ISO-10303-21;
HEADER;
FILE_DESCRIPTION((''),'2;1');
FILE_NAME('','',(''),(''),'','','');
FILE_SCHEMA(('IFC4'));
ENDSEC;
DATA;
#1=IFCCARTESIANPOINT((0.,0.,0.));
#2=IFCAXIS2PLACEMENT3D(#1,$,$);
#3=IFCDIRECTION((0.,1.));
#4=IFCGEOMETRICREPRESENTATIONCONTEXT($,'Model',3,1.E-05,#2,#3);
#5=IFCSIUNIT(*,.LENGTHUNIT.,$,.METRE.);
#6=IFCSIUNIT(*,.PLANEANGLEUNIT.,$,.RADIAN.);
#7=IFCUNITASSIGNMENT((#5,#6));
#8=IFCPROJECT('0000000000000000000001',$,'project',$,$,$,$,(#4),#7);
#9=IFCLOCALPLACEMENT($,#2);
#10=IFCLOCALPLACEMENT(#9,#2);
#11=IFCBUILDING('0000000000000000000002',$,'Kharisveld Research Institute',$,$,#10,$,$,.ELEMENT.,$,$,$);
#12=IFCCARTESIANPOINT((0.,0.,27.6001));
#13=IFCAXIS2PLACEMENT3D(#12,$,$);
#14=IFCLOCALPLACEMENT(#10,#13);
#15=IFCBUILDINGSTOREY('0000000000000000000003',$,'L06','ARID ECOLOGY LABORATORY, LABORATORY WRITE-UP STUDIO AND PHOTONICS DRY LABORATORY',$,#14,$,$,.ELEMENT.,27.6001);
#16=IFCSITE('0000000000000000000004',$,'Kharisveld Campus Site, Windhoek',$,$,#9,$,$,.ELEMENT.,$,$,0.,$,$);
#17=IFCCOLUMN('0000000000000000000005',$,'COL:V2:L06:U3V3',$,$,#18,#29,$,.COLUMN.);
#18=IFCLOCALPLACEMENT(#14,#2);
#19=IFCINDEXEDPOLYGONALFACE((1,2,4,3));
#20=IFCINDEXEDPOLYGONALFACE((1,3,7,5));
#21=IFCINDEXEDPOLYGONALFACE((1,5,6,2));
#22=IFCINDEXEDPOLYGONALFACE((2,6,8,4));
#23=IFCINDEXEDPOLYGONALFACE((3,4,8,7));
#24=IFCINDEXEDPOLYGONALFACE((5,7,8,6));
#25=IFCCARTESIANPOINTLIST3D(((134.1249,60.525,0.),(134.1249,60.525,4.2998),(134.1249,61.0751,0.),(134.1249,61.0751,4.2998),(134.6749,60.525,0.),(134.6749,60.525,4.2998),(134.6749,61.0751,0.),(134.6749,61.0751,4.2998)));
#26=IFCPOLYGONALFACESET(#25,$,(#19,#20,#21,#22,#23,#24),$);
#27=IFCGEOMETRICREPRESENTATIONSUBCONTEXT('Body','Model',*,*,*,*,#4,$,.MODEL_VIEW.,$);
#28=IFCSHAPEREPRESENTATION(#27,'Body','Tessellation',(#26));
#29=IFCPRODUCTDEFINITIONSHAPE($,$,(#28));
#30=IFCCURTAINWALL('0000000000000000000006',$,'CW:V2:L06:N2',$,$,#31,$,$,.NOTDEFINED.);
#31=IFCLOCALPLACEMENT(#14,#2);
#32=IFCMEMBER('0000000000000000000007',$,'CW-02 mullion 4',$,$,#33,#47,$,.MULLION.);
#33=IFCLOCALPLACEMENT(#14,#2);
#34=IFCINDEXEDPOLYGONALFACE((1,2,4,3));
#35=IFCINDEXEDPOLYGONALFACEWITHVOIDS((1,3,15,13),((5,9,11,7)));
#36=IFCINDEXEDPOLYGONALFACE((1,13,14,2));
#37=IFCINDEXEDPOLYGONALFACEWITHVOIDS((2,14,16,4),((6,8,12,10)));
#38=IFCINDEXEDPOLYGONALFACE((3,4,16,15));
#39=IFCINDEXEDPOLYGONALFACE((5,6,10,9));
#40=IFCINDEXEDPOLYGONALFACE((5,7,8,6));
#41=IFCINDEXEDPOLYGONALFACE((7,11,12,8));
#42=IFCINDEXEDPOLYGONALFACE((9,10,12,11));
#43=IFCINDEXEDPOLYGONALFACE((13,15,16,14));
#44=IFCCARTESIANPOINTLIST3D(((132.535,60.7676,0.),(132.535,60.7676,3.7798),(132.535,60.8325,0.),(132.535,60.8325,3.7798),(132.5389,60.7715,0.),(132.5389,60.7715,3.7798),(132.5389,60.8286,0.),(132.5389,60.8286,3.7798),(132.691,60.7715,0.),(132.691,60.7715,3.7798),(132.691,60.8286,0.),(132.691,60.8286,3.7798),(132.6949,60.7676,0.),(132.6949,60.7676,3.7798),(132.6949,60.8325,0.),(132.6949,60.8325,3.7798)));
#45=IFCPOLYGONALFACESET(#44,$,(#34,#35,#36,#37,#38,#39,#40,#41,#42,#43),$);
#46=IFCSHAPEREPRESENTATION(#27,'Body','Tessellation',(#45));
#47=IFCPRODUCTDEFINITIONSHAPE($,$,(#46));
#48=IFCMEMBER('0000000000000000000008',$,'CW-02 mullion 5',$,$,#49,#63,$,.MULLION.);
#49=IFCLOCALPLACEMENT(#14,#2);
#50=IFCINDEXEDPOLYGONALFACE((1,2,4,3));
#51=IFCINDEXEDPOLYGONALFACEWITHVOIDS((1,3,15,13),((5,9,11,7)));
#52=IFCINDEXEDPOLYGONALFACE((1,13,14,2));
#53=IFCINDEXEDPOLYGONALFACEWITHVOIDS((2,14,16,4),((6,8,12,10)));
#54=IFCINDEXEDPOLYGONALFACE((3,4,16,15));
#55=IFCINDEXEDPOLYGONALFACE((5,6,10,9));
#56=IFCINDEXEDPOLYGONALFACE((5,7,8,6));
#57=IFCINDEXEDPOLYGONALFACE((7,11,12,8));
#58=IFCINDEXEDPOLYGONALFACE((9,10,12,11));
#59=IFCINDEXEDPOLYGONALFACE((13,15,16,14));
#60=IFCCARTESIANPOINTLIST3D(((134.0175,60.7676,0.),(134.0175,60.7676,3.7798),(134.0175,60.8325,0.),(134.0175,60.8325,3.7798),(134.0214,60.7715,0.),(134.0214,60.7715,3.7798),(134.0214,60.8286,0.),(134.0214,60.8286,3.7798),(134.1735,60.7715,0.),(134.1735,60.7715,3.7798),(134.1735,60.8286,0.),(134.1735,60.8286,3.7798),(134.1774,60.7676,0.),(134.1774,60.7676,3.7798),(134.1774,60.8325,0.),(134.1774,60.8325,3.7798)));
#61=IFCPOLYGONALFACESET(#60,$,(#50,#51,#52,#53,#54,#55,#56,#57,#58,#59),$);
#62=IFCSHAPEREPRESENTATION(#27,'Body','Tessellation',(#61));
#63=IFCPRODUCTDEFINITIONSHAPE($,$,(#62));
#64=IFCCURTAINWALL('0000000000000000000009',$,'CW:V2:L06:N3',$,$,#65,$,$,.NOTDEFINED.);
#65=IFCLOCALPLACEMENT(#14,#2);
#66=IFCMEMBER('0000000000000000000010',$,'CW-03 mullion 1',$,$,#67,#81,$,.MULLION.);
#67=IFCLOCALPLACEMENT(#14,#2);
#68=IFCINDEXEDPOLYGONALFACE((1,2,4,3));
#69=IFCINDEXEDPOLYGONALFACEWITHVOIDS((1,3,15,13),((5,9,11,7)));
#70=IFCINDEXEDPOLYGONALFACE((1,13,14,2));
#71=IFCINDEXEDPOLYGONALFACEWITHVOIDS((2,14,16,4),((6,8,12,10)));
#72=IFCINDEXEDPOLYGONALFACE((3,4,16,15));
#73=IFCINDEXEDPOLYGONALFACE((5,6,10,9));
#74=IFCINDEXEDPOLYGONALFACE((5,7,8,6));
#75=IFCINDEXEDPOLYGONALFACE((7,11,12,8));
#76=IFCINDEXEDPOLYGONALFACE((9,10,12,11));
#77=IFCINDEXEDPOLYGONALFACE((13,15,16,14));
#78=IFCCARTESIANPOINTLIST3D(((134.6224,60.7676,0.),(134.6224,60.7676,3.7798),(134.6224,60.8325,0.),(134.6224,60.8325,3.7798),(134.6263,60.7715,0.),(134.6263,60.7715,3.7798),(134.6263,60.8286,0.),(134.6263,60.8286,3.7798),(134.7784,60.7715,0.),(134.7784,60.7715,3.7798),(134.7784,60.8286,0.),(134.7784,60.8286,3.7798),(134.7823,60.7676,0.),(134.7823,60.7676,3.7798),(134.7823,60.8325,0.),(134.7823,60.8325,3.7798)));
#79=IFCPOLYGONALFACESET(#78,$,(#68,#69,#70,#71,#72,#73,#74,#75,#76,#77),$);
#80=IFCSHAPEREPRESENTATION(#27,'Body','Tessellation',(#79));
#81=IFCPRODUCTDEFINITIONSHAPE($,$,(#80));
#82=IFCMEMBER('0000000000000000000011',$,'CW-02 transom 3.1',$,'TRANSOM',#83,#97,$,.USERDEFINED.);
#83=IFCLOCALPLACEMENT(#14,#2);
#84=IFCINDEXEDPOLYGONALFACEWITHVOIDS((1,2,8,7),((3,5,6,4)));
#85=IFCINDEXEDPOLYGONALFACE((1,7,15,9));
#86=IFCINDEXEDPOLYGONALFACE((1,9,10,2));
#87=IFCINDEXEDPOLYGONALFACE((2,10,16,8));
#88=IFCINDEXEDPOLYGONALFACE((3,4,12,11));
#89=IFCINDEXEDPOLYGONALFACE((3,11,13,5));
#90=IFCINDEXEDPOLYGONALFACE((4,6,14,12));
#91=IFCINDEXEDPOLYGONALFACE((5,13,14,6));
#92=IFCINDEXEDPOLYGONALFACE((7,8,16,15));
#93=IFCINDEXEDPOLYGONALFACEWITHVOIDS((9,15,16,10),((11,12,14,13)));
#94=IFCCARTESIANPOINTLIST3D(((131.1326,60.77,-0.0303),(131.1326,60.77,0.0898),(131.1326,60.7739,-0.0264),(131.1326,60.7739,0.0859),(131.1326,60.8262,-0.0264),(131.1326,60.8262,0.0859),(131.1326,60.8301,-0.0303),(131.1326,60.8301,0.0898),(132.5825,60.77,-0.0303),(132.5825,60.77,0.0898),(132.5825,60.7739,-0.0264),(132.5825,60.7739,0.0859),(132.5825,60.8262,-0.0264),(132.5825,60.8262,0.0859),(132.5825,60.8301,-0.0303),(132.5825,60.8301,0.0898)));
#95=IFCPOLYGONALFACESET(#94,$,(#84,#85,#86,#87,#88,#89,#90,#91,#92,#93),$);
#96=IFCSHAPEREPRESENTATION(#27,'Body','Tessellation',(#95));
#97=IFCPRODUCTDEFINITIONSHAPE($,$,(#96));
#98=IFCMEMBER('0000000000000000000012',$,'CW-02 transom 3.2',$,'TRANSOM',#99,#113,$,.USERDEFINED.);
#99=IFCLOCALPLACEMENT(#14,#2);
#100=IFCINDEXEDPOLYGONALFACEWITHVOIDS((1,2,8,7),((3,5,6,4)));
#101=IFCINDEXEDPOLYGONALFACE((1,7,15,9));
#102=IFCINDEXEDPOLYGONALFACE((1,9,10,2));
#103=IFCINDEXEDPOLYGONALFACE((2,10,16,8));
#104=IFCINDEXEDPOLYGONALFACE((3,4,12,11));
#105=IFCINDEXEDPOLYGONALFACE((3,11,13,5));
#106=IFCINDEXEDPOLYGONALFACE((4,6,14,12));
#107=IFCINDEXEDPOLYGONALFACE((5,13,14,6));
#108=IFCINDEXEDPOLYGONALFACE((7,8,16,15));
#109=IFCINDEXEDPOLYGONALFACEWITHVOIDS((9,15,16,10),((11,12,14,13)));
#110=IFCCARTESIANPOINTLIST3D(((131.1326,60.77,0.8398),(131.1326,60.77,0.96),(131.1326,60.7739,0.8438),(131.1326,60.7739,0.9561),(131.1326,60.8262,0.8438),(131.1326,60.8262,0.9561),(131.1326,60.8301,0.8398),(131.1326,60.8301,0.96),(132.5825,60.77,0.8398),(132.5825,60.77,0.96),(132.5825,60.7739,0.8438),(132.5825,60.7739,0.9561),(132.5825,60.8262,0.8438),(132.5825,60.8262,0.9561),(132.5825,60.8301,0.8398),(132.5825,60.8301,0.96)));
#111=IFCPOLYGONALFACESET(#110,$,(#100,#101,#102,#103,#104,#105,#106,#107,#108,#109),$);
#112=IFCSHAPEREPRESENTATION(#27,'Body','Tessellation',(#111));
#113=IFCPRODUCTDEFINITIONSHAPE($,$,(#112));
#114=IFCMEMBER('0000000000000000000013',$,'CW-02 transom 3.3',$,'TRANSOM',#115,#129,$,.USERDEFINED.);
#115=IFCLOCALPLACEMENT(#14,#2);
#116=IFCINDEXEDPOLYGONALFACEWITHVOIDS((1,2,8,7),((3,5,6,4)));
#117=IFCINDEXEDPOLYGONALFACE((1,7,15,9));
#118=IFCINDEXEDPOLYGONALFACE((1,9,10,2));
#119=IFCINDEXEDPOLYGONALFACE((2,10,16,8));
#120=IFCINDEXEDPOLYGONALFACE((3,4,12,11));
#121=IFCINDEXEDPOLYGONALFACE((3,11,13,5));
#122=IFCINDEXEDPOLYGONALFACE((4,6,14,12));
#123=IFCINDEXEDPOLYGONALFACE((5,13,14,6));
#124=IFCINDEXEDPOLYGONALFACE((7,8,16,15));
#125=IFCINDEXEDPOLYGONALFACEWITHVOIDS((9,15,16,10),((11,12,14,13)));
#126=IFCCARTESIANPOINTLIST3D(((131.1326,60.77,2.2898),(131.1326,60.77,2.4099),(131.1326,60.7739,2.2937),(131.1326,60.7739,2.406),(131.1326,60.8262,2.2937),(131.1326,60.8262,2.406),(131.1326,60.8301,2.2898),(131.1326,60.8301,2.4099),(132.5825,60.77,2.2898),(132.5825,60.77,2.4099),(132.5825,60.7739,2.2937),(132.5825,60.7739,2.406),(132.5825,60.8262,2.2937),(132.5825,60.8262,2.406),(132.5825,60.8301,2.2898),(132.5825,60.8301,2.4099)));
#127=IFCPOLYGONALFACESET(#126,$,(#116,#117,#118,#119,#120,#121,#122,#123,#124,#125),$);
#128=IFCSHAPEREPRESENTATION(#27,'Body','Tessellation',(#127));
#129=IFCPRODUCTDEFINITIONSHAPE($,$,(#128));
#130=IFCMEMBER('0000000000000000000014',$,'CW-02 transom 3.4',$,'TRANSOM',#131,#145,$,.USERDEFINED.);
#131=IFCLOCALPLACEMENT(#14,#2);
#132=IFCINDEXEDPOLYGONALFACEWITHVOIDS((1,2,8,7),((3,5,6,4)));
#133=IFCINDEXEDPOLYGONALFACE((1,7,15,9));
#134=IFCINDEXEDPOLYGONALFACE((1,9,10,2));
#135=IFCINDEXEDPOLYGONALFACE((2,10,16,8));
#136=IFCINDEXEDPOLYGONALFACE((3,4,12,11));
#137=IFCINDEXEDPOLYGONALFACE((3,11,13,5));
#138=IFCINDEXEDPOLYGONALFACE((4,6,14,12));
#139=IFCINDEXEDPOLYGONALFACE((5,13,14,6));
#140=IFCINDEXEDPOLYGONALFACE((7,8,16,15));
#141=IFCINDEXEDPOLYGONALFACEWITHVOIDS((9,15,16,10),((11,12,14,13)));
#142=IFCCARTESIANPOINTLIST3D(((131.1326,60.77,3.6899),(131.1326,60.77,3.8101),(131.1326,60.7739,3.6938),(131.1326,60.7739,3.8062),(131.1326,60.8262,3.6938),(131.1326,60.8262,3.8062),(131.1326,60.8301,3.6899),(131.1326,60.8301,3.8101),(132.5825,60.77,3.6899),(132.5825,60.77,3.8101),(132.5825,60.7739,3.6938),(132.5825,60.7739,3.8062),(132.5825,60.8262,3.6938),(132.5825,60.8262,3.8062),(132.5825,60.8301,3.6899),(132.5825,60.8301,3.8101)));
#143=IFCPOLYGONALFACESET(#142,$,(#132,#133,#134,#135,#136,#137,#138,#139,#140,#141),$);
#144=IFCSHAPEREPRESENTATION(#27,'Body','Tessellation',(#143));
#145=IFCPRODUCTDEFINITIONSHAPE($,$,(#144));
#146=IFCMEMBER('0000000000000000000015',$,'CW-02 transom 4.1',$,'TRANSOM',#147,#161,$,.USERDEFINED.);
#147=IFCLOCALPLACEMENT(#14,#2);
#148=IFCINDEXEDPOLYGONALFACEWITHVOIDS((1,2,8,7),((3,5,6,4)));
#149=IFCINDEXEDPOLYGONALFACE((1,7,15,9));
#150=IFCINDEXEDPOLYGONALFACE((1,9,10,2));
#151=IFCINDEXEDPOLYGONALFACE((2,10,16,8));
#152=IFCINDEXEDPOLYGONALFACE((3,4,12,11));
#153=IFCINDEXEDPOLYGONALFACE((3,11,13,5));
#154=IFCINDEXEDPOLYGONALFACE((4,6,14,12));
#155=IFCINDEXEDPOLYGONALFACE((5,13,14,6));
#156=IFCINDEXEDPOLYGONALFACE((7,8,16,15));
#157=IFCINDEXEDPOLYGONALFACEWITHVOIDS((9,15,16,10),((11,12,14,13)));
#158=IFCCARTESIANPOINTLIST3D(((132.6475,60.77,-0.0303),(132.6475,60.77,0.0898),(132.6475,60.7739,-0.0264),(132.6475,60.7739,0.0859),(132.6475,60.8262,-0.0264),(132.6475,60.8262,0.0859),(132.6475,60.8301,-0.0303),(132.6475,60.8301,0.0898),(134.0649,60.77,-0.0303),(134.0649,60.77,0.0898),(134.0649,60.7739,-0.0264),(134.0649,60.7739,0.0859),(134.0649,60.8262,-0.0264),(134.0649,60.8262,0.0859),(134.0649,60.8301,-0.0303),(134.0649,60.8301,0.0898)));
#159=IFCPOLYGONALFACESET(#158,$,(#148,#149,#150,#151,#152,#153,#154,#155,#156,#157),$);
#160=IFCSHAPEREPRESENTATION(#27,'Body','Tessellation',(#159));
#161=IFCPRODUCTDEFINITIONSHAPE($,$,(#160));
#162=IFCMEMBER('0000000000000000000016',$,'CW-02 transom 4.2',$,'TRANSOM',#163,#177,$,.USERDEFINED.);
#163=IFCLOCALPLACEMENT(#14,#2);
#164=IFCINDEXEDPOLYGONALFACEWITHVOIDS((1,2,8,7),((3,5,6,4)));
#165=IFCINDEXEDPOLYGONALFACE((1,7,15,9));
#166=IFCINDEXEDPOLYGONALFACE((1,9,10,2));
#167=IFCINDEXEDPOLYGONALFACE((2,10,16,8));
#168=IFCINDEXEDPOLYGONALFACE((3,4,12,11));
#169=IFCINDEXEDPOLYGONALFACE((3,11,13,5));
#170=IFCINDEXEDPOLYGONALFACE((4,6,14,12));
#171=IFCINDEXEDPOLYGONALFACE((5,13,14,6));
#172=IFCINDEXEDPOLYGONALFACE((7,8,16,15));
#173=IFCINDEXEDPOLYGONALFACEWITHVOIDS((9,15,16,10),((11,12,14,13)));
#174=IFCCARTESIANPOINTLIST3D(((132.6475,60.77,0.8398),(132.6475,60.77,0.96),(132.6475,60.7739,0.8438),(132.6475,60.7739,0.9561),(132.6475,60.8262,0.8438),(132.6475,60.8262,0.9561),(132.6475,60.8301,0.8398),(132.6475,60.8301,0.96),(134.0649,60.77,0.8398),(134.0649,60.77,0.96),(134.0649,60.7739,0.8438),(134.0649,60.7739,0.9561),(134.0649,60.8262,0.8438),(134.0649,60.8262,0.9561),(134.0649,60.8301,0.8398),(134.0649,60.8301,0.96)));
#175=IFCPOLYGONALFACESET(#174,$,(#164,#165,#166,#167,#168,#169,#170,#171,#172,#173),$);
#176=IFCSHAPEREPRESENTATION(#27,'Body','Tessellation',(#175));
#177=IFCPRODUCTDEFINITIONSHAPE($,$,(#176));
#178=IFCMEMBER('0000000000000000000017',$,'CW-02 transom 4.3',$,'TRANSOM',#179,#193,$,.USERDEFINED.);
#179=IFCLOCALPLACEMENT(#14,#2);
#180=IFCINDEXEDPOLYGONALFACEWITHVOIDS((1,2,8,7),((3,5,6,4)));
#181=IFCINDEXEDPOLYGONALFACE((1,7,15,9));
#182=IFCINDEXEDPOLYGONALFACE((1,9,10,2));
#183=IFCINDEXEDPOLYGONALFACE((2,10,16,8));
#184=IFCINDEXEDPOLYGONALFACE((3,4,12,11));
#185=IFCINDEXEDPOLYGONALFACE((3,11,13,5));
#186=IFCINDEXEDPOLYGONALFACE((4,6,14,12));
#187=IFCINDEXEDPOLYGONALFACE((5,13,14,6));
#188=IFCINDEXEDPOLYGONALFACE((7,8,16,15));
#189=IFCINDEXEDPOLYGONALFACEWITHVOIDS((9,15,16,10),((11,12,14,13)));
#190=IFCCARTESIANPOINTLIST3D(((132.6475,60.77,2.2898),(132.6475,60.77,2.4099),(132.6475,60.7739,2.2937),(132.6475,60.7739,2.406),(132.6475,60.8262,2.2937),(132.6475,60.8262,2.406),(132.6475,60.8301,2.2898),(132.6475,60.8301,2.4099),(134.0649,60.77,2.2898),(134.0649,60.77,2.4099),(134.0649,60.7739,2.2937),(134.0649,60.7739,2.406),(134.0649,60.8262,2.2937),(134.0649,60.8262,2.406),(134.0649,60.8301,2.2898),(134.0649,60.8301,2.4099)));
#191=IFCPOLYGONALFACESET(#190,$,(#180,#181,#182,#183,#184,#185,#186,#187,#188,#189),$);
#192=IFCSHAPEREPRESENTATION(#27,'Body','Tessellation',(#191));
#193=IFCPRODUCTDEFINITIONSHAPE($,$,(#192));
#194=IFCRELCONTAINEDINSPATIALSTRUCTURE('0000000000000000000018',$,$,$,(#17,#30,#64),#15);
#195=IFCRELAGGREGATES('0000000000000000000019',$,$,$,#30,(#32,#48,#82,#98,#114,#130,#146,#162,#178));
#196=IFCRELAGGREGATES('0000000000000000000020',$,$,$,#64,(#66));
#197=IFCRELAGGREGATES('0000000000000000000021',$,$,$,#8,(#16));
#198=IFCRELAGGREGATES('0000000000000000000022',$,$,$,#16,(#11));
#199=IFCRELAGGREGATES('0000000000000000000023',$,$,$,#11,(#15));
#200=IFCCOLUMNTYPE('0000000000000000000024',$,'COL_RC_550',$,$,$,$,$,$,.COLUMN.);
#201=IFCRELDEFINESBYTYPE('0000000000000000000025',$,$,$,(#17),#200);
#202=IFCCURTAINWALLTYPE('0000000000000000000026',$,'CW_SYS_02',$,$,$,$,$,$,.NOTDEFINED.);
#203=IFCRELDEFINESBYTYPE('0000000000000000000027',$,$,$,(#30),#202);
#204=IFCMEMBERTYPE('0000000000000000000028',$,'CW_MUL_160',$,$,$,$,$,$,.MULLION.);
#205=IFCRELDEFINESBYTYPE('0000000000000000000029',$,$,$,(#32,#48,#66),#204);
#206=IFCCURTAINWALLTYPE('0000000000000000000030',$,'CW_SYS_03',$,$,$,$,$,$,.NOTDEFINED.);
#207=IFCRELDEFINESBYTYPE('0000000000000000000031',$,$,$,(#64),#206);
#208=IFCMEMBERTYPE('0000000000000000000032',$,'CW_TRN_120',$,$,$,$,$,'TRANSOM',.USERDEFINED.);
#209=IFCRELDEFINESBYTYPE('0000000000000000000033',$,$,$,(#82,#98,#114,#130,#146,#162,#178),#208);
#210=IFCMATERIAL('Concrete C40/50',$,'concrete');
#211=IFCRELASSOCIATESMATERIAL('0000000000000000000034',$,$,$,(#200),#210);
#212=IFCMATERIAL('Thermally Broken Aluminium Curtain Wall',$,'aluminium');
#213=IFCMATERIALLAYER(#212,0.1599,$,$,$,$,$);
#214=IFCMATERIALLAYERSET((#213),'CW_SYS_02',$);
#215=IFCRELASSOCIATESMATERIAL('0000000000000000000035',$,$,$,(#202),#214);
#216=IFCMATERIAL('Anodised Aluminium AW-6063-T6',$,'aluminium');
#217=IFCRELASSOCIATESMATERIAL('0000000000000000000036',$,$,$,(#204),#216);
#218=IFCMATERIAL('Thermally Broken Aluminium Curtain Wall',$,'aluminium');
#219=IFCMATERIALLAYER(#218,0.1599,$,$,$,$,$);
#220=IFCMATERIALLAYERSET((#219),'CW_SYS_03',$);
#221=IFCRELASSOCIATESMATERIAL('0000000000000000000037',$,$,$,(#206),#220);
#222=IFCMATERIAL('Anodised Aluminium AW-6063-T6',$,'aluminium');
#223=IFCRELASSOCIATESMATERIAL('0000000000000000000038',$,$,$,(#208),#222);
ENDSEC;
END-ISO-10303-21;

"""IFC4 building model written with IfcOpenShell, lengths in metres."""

from ifc_helpers import new_model, si_unit, direction, frame, origin, origin_2d, place, context, subcontext, project, spatial, rectangle, hollow_rectangle, extrude, material, layer, layer_set, material_profile, profile_set, type_object, element, aggregate, save


model = new_model("IFC4")

# Units and contexts
model_context = context("Model", 3, precision=1e-05, world=origin(), true_north=direction((0.0, 1.0)))
body_context = subcontext(model_context, "Body", "Model", "MODEL_VIEW")
ifc_project = project(units=[si_unit("LENGTHUNIT", "METRE"), si_unit("PLANEANGLEUNIT", "RADIAN")], contexts=[model_context])

# Site, building, storey
site_placement = place(None, origin())
site = spatial("IfcSite", under=ifc_project, at=site_placement, Name="Kharisveld Campus Site, Windhoek", CompositionType="ELEMENT", RefElevation=0.0)
building_placement = place(site_placement, origin())
building = spatial("IfcBuilding", under=site, at=building_placement, Name="Kharisveld Research Institute", CompositionType="ELEMENT")
storey_placement = place(building_placement, frame((0.0, 0.0, 27.6001)))
storey = spatial("IfcBuildingStorey", under=building, at=storey_placement, Name="L06", Description="ARID ECOLOGY LABORATORY, LABORATORY WRITE-UP STUDIO AND PHOTONICS DRY LABORATORY", CompositionType="ELEMENT", Elevation=27.6001)

# Column
ifc_material_1 = material(Name="Concrete C40/50", Category="concrete")
ifc_material_profile_1 = material_profile(ifc_material_1, rectangle(XDim=0.55, YDim=0.55, at=origin_2d()))
ifc_profile_set_1 = profile_set([ifc_material_profile_1], Name="Concrete C40/50")
column_type = type_object("IfcColumnType", Name="COL_RC_550", PredefinedType="COLUMN", material=ifc_profile_set_1)
column_placement = place(storey_placement, frame((134.3999, 60.8, 0.0), z_axis=(0.0, 0.0, 1.0), x_axis=(1.0, 0.0, 0.0)))
element("IfcColumn", 1, at=column_placement, inside=storey, type_object=column_type, Name="COL:V2:L06:U3V3", PredefinedType="COLUMN", context=body_context, shape_type="SweptSolid", body=[
    extrude(rectangle(XDim=0.55, YDim=0.55, at=origin_2d()), origin(), (0.0, 0.0, 1.0), 4.2998),
])

# Curtain wall, members
ifc_material_2 = material(Name="Thermally Broken Aluminium Curtain Wall", Category="aluminium")
ifc_layer_1 = layer(ifc_material_2, 0.1599)
ifc_layer_set_1 = layer_set([ifc_layer_1], Name="CW_SYS_02")
curtain_wall_type_1 = type_object("IfcCurtainWallType", Name="CW_SYS_02", PredefinedType="NOTDEFINED", material=ifc_layer_set_1)
curtain_wall_1_placement = place(storey_placement, origin())
curtain_wall_1 = element("IfcCurtainWall", 2, at=curtain_wall_1_placement, inside=storey, type_object=curtain_wall_type_1, Name="CW:V2:L06:N2", PredefinedType="NOTDEFINED")
ifc_material_3 = material(Name="Anodised Aluminium AW-6063-T6", Category="aluminium")
ifc_material_profile_2 = material_profile(ifc_material_3, hollow_rectangle(XDim=0.0649, YDim=0.1599, WallThickness=0.0039, at=origin_2d()))
ifc_profile_set_2 = profile_set([ifc_material_profile_2], Name="Anodised Aluminium AW-6063-T6")
member_type_1 = type_object("IfcMemberType", Name="CW_MUL_160", PredefinedType="MULLION", material=ifc_profile_set_2)
member_1_placement = place(storey_placement, frame((132.615, 60.8, 0.0), z_axis=(0.0, 0.0, 1.0), x_axis=(0.0, 1.0, 0.0)))
member_1 = element("IfcMember", 3, at=member_1_placement, type_object=member_type_1, Name="CW-02 mullion 4", PredefinedType="MULLION", context=body_context, shape_type="SweptSolid", body=[
    extrude(hollow_rectangle(XDim=0.0649, YDim=0.1599, WallThickness=0.0039, at=origin_2d()), origin(), (0.0, 0.0, 1.0), 3.7798),
])
member_2_placement = place(storey_placement, frame((134.0974, 60.8, 0.0), z_axis=(0.0, 0.0, 1.0), x_axis=(0.0, 1.0, 0.0)))
member_2 = element("IfcMember", 4, at=member_2_placement, type_object=member_type_1, Name="CW-02 mullion 5", PredefinedType="MULLION", context=body_context, shape_type="SweptSolid", body=[
    extrude(hollow_rectangle(XDim=0.0649, YDim=0.1599, WallThickness=0.0039, at=origin_2d()), origin(), (0.0, 0.0, 1.0), 3.7798),
])

# Curtain wall, member
ifc_material_4 = material(Name="Thermally Broken Aluminium Curtain Wall", Category="aluminium")
ifc_layer_2 = layer(ifc_material_4, 0.1599)
ifc_layer_set_2 = layer_set([ifc_layer_2], Name="CW_SYS_03")
curtain_wall_type_2 = type_object("IfcCurtainWallType", Name="CW_SYS_03", PredefinedType="NOTDEFINED", material=ifc_layer_set_2)
curtain_wall_2_placement = place(storey_placement, origin())
curtain_wall_2 = element("IfcCurtainWall", 5, at=curtain_wall_2_placement, inside=storey, type_object=curtain_wall_type_2, Name="CW:V2:L06:N3", PredefinedType="NOTDEFINED")
member_3_placement = place(storey_placement, frame((134.7024, 60.8, 0.0), z_axis=(0.0, 0.0, 1.0), x_axis=(0.0, 1.0, 0.0)))
member_3 = element("IfcMember", 6, at=member_3_placement, type_object=member_type_1, Name="CW-03 mullion 1", PredefinedType="MULLION", context=body_context, shape_type="SweptSolid", body=[
    extrude(hollow_rectangle(XDim=0.0649, YDim=0.1599, WallThickness=0.0039, at=origin_2d()), origin(), (0.0, 0.0, 1.0), 3.7798),
])

# Members
ifc_material_5 = material(Name="Anodised Aluminium AW-6063-T6", Category="aluminium")
ifc_material_profile_3 = material_profile(ifc_material_5, hollow_rectangle(XDim=0.0601, YDim=0.1201, WallThickness=0.0039, at=origin_2d()))
ifc_profile_set_3 = profile_set([ifc_material_profile_3], Name="Anodised Aluminium AW-6063-T6")
member_type_2 = type_object("IfcMemberType", Name="CW_TRN_120", ElementType="TRANSOM", PredefinedType="USERDEFINED", material=ifc_profile_set_3)
member_4_placement = place(storey_placement, frame((131.1326, 60.8, 0.0298), z_axis=(1.0, 0.0, 0.0), x_axis=(0.0, 1.0, 0.0)))
member_4 = element("IfcMember", 7, at=member_4_placement, type_object=member_type_2, Name="CW-02 transom 3.1", ObjectType="TRANSOM", PredefinedType="USERDEFINED", context=body_context, shape_type="SweptSolid", body=[
    extrude(hollow_rectangle(XDim=0.0601, YDim=0.1201, WallThickness=0.0039, at=origin_2d()), origin(), (0.0, 0.0, 1.0), 1.45),
])
member_5_placement = place(storey_placement, frame((131.1326, 60.8, 0.8999), z_axis=(1.0, 0.0, 0.0), x_axis=(0.0, 1.0, 0.0)))
member_5 = element("IfcMember", 8, at=member_5_placement, type_object=member_type_2, Name="CW-02 transom 3.2", ObjectType="TRANSOM", PredefinedType="USERDEFINED", context=body_context, shape_type="SweptSolid", body=[
    extrude(hollow_rectangle(XDim=0.0601, YDim=0.1201, WallThickness=0.0039, at=origin_2d()), origin(), (0.0, 0.0, 1.0), 1.45),
])
member_6_placement = place(storey_placement, frame((131.1326, 60.8, 2.3499), z_axis=(1.0, 0.0, 0.0), x_axis=(0.0, 1.0, 0.0)))
member_6 = element("IfcMember", 9, at=member_6_placement, type_object=member_type_2, Name="CW-02 transom 3.3", ObjectType="TRANSOM", PredefinedType="USERDEFINED", context=body_context, shape_type="SweptSolid", body=[
    extrude(hollow_rectangle(XDim=0.0601, YDim=0.1201, WallThickness=0.0039, at=origin_2d()), origin(), (0.0, 0.0, 1.0), 1.45),
])
member_7_placement = place(storey_placement, frame((131.1326, 60.8, 3.75), z_axis=(1.0, 0.0, 0.0), x_axis=(0.0, 1.0, 0.0)))
member_7 = element("IfcMember", 10, at=member_7_placement, type_object=member_type_2, Name="CW-02 transom 3.4", ObjectType="TRANSOM", PredefinedType="USERDEFINED", context=body_context, shape_type="SweptSolid", body=[
    extrude(hollow_rectangle(XDim=0.0601, YDim=0.1201, WallThickness=0.0039, at=origin_2d()), origin(), (0.0, 0.0, 1.0), 1.45),
])
member_8_placement = place(storey_placement, frame((132.6475, 60.8, 0.0298), z_axis=(1.0, 0.0, 0.0), x_axis=(0.0, 1.0, 0.0)))
member_8 = element("IfcMember", 11, at=member_8_placement, type_object=member_type_2, Name="CW-02 transom 4.1", ObjectType="TRANSOM", PredefinedType="USERDEFINED", context=body_context, shape_type="SweptSolid", body=[
    extrude(hollow_rectangle(XDim=0.0601, YDim=0.1201, WallThickness=0.0039, at=origin_2d()), origin(), (0.0, 0.0, 1.0), 1.4175),
])
member_9_placement = place(storey_placement, frame((132.6475, 60.8, 0.8999), z_axis=(1.0, 0.0, 0.0), x_axis=(0.0, 1.0, 0.0)))
member_9 = element("IfcMember", 12, at=member_9_placement, type_object=member_type_2, Name="CW-02 transom 4.2", ObjectType="TRANSOM", PredefinedType="USERDEFINED", context=body_context, shape_type="SweptSolid", body=[
    extrude(hollow_rectangle(XDim=0.0601, YDim=0.1201, WallThickness=0.0039, at=origin_2d()), origin(), (0.0, 0.0, 1.0), 1.4175),
])
member_10_placement = place(storey_placement, frame((132.6475, 60.8, 2.3499), z_axis=(1.0, 0.0, 0.0), x_axis=(0.0, 1.0, 0.0)))
member_10 = element("IfcMember", 13, at=member_10_placement, type_object=member_type_2, Name="CW-02 transom 4.3", ObjectType="TRANSOM", PredefinedType="USERDEFINED", context=body_context, shape_type="SweptSolid", body=[
    extrude(hollow_rectangle(XDim=0.0601, YDim=0.1201, WallThickness=0.0039, at=origin_2d()), origin(), (0.0, 0.0, 1.0), 1.4175),
])

aggregate(curtain_wall_1, [member_1, member_2, member_4, member_5, member_6, member_7, member_8, member_9, member_10])
aggregate(curtain_wall_2, [member_3])

save(model, "model.ifc")
